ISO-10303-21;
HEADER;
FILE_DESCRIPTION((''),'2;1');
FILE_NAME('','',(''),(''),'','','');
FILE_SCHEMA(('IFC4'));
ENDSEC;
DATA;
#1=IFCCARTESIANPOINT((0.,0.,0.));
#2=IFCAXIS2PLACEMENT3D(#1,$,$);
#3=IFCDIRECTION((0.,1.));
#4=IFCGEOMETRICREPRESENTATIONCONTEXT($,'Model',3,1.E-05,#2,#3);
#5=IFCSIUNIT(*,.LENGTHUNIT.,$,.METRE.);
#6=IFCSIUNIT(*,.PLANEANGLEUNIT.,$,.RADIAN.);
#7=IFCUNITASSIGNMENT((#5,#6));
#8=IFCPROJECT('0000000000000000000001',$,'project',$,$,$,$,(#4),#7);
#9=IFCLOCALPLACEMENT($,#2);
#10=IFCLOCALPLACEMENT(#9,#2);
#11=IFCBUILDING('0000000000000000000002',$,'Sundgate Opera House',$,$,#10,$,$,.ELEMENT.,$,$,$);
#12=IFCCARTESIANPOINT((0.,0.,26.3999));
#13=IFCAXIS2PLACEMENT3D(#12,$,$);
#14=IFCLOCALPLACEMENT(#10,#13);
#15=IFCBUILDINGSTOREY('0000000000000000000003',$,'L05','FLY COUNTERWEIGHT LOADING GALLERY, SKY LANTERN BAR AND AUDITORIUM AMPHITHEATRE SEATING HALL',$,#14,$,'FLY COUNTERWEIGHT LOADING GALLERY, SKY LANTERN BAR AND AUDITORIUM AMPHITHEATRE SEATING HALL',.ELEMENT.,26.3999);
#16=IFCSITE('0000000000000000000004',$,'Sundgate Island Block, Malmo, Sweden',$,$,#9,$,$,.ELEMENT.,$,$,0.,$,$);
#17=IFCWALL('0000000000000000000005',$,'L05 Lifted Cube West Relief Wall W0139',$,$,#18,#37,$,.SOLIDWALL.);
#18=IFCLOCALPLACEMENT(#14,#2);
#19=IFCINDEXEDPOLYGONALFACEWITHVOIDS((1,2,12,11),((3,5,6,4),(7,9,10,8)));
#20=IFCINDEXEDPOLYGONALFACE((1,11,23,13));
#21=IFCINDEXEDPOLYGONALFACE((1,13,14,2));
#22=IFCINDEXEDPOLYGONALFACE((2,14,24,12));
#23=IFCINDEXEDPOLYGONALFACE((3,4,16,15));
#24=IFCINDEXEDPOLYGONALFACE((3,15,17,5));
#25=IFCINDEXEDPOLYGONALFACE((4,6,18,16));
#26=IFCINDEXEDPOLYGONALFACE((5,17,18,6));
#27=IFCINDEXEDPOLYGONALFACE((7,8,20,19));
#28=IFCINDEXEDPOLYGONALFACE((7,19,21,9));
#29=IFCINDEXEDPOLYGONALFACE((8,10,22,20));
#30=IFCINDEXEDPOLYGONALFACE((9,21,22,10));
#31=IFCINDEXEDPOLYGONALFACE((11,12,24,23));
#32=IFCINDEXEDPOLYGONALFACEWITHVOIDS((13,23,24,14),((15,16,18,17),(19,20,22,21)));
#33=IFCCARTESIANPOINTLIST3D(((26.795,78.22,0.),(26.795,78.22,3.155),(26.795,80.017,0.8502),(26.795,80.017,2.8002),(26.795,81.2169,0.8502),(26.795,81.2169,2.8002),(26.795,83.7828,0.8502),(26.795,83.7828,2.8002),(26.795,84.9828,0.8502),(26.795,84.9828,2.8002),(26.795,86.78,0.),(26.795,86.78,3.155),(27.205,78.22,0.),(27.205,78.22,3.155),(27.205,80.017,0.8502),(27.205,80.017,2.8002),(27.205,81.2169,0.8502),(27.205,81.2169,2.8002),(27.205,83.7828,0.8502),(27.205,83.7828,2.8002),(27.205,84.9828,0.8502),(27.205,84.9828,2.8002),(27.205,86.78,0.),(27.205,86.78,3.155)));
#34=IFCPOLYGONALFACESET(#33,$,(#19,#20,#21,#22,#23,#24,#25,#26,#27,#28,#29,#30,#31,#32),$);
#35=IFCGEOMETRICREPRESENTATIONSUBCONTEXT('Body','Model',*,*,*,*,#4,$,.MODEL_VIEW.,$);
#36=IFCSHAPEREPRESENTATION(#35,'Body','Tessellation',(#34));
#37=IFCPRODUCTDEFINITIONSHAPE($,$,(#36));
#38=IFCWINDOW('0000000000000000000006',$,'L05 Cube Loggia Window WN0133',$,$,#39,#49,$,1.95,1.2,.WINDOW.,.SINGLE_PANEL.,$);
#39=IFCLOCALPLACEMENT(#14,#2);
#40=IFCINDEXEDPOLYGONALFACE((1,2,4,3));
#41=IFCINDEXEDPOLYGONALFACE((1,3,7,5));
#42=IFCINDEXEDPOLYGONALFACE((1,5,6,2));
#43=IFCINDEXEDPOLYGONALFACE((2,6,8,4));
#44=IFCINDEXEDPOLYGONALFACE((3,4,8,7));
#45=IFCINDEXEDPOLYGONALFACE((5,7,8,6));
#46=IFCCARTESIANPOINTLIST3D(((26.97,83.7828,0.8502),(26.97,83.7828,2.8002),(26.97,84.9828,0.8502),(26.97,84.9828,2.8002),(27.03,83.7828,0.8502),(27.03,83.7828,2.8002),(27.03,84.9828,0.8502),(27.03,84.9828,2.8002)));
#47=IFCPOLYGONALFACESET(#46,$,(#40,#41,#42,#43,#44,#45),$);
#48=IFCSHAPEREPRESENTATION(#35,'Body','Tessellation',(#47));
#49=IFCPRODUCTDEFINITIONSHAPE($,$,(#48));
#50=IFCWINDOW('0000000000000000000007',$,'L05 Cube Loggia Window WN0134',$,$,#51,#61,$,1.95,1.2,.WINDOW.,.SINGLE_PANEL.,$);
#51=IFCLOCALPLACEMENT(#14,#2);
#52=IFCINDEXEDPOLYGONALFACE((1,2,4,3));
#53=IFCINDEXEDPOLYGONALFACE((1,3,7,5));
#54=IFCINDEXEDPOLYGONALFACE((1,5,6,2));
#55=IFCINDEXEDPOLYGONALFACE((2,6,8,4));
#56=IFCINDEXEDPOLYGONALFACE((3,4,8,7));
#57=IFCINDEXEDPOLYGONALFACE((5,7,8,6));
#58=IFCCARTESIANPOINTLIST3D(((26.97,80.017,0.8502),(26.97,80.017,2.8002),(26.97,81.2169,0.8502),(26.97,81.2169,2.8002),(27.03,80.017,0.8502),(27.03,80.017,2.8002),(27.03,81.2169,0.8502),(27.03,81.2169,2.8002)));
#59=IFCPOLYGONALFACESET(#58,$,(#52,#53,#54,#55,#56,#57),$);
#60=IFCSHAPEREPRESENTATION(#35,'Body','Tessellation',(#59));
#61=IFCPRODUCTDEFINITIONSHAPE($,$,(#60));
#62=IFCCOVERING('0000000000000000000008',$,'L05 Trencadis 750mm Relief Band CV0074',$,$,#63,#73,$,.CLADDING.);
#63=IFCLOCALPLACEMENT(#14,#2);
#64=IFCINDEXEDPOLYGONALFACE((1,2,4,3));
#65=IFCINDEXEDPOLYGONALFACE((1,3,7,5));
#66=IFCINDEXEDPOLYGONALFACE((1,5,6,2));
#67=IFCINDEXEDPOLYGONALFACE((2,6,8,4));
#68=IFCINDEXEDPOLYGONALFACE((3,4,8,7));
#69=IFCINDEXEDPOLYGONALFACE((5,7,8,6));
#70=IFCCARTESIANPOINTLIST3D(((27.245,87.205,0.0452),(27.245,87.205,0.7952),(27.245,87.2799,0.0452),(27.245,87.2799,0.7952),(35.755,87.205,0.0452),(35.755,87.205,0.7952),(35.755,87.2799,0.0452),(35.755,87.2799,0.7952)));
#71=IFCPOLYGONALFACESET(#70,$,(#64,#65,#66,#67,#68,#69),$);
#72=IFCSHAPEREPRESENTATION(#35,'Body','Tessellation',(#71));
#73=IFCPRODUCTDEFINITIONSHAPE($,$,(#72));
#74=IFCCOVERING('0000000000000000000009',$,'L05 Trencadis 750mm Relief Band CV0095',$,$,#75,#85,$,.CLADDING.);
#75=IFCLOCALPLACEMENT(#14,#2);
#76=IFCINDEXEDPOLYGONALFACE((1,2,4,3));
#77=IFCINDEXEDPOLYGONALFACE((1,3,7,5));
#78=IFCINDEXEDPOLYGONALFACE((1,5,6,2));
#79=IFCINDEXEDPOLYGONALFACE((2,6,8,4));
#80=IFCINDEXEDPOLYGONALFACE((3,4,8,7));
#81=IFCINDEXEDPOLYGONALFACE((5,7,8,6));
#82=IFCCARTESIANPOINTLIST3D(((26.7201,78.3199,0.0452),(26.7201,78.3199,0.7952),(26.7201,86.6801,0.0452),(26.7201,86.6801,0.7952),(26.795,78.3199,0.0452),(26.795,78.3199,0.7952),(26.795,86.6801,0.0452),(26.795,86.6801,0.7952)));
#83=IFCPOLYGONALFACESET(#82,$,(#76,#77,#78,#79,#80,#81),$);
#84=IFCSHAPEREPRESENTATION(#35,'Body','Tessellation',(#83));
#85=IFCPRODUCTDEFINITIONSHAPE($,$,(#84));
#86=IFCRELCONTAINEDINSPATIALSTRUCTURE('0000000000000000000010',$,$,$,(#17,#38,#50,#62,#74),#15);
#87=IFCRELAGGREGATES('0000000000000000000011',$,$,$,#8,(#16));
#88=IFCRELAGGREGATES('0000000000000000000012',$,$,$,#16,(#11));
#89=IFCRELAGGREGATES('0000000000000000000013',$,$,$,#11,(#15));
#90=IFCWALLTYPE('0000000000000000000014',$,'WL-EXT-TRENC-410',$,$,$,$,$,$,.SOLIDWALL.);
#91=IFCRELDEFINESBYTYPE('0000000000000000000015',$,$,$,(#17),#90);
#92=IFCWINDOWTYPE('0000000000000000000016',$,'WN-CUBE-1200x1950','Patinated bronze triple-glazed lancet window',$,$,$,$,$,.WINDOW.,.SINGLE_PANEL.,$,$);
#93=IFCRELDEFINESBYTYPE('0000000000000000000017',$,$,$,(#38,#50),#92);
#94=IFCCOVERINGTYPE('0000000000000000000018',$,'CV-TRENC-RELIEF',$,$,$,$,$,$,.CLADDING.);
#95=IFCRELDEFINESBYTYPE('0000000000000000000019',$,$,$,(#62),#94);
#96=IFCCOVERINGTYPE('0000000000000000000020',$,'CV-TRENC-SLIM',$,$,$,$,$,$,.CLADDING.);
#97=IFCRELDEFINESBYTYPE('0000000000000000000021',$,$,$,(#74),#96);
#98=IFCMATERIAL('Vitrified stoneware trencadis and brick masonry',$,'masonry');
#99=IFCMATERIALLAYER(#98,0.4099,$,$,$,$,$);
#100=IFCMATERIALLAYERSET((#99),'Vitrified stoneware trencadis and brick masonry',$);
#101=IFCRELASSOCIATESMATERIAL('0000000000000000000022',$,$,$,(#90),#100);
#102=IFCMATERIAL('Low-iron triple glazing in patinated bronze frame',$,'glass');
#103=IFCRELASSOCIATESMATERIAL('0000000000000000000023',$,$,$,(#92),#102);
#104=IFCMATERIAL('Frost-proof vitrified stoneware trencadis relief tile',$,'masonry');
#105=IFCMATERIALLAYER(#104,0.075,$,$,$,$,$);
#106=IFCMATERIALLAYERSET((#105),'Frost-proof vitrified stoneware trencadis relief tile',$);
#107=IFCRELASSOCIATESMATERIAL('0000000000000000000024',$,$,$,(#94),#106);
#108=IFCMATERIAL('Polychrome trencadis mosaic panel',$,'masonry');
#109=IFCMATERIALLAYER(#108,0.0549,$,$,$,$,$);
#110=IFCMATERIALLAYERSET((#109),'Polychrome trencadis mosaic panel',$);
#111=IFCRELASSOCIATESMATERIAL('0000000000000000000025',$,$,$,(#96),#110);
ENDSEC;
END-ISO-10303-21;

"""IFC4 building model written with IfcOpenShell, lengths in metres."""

from ifc_helpers import new_model, si_unit, direction, frame, frame_2d, origin, origin_2d, place, context, subcontext, project, spatial, rectangle, extrude, material, layer, layer_set, type_object, element, fill, save


model = new_model("IFC4")

# Units and contexts
model_context = context("Model", 3, precision=1e-05, world=origin(), true_north=direction((0.0, 1.0)))
body_context = subcontext(model_context, "Body", "Model", "MODEL_VIEW")
ifc_project = project(units=[si_unit("LENGTHUNIT", "METRE"), si_unit("PLANEANGLEUNIT", "RADIAN")], contexts=[model_context])

# Site, building, storey
site_placement = place(None, origin())
site = spatial("IfcSite", under=ifc_project, at=site_placement, Name="Sundgate Island Block, Malmo, Sweden", CompositionType="ELEMENT", RefElevation=0.0)
building_placement = place(site_placement, origin())
building = spatial("IfcBuilding", under=site, at=building_placement, Name="Sundgate Opera House", CompositionType="ELEMENT")
storey_placement = place(building_placement, frame((0.0, 0.0, 26.3999)))
storey = spatial("IfcBuildingStorey", under=building, at=storey_placement, Name="L05", Description="FLY COUNTERWEIGHT LOADING GALLERY, SKY LANTERN BAR AND AUDITORIUM AMPHITHEATRE SEATING HALL", LongName="FLY COUNTERWEIGHT LOADING GALLERY, SKY LANTERN BAR AND AUDITORIUM AMPHITHEATRE SEATING HALL", CompositionType="ELEMENT", Elevation=26.3999)

# Wall, openings, windows
ifc_material_1 = material(Name="Vitrified stoneware trencadis and brick masonry", Category="masonry")
ifc_layer_1 = layer(ifc_material_1, 0.4099)
ifc_layer_set_1 = layer_set([ifc_layer_1], Name="Vitrified stoneware trencadis and brick masonry")
wall_type = type_object("IfcWallType", Name="WL-EXT-TRENC-410", PredefinedType="SOLIDWALL", material=ifc_layer_set_1)
ifc_material_2 = material(Name="Low-iron triple glazing in patinated bronze frame", Category="glass")
window_type = type_object("IfcWindowType", Name="WN-CUBE-1200x1950", Description="Patinated bronze triple-glazed lancet window", PartitioningType="SINGLE_PANEL", PredefinedType="WINDOW", material=ifc_material_2)
wall_1_placement = place(storey_placement, frame((27.0, 86.78, 0.0), z_axis=(0.0, 0.0, 1.0), x_axis=(0.0, -1.0, 0.0)))
wall_1 = element("IfcWall", 1, at=wall_1_placement, inside=storey, type_object=wall_type, Name="L05 Lifted Cube West Relief Wall W0139", PredefinedType="SOLIDWALL", context=body_context, shape_type="SweptSolid", body=[
    extrude(rectangle(XDim=8.5601, YDim=0.4099, at=frame_2d((4.28, 0.0))), origin(), (0.0, 0.0, 1.0), 3.155),
])
opening_1_placement = place(wall_1_placement, frame((1.7971, 0.0, 0.8501)))
opening_1 = element("IfcOpeningElement", 2, at=opening_1_placement, cuts=wall_1, PredefinedType="OPENING", context=body_context, shape_type="SweptSolid", body=[
    extrude(rectangle(XDim=1.2, YDim=1.95, at=frame_2d((0.6001, 0.9751))), frame((0.0, 0.2148, 0.0), z_axis=(0.0, -1.0, 0.0), x_axis=(1.0, 0.0, 0.0)), (0.0, 0.0, 1.0), 0.4299),
])
opening_2_placement = place(wall_1_placement, frame((5.563, 0.0, 0.8501)))
opening_2 = element("IfcOpeningElement", 3, at=opening_2_placement, cuts=wall_1, PredefinedType="OPENING", context=body_context, shape_type="SweptSolid", body=[
    extrude(rectangle(XDim=1.2, YDim=1.95, at=frame_2d((0.6001, 0.9751))), frame((0.0, 0.2148, 0.0), z_axis=(0.0, -1.0, 0.0), x_axis=(1.0, 0.0, 0.0)), (0.0, 0.0, 1.0), 0.4299),
])
window_1_placement = place(opening_1_placement, origin())
window_1 = element("IfcWindow", 4, at=window_1_placement, inside=storey, type_object=window_type, Name="L05 Cube Loggia Window WN0133", OverallHeight=1.95, OverallWidth=1.2, PartitioningType="SINGLE_PANEL", PredefinedType="WINDOW", context=body_context, shape_type="SweptSolid", body=[
    extrude(rectangle(XDim=1.2, YDim=1.95, at=frame_2d((0.6001, 0.9751))), frame((0.0, 0.03, 0.0), z_axis=(0.0, -1.0, 0.0), x_axis=(1.0, 0.0, 0.0)), (0.0, 0.0, 1.0), 0.0601),
])
fill(opening_1, window_1)
window_2_placement = place(opening_2_placement, origin())
window_2 = element("IfcWindow", 5, at=window_2_placement, inside=storey, type_object=window_type, Name="L05 Cube Loggia Window WN0134", OverallHeight=1.95, OverallWidth=1.2, PartitioningType="SINGLE_PANEL", PredefinedType="WINDOW", context=body_context, shape_type="SweptSolid", body=[
    extrude(rectangle(XDim=1.2, YDim=1.95, at=frame_2d((0.6001, 0.9751))), frame((0.0, 0.03, 0.0), z_axis=(0.0, -1.0, 0.0), x_axis=(1.0, 0.0, 0.0)), (0.0, 0.0, 1.0), 0.0601),
])
fill(opening_2, window_2)

# Coverings
ifc_material_3 = material(Name="Frost-proof vitrified stoneware trencadis relief tile", Category="masonry")
ifc_layer_2 = layer(ifc_material_3, 0.075)
ifc_layer_set_2 = layer_set([ifc_layer_2], Name="Frost-proof vitrified stoneware trencadis relief tile")
covering_type_1 = type_object("IfcCoveringType", Name="CV-TRENC-RELIEF", PredefinedType="CLADDING", material=ifc_layer_set_2)
covering_1_placement = place(storey_placement, frame((31.5, 87.2424, 0.0452), z_axis=(0.0, 0.0, 1.0), x_axis=(1.0, 0.0, 0.0)))
element("IfcCovering", 6, at=covering_1_placement, inside=storey, type_object=covering_type_1, Name="L05 Trencadis 750mm Relief Band CV0074", PredefinedType="CLADDING", context=body_context, shape_type="SweptSolid", body=[
    extrude(rectangle(XDim=8.51, YDim=0.075, at=origin_2d()), origin(), (0.0, 0.0, 1.0), 0.75),
])
ifc_material_4 = material(Name="Polychrome trencadis mosaic panel", Category="masonry")
ifc_layer_3 = layer(ifc_material_4, 0.0549)
ifc_layer_set_3 = layer_set([ifc_layer_3], Name="Polychrome trencadis mosaic panel")
covering_type_2 = type_object("IfcCoveringType", Name="CV-TRENC-SLIM", PredefinedType="CLADDING", material=ifc_layer_set_3)
covering_2_placement = place(storey_placement, frame((26.7576, 82.5, 0.0452), z_axis=(0.0, 0.0, 1.0), x_axis=(0.0, 1.0, 0.0)))
element("IfcCovering", 7, at=covering_2_placement, inside=storey, type_object=covering_type_2, Name="L05 Trencadis 750mm Relief Band CV0095", PredefinedType="CLADDING", context=body_context, shape_type="SweptSolid", body=[
    extrude(rectangle(XDim=8.3601, YDim=0.075, at=origin_2d()), origin(), (0.0, 0.0, 1.0), 0.75),
])

save(model, "model.ifc")
